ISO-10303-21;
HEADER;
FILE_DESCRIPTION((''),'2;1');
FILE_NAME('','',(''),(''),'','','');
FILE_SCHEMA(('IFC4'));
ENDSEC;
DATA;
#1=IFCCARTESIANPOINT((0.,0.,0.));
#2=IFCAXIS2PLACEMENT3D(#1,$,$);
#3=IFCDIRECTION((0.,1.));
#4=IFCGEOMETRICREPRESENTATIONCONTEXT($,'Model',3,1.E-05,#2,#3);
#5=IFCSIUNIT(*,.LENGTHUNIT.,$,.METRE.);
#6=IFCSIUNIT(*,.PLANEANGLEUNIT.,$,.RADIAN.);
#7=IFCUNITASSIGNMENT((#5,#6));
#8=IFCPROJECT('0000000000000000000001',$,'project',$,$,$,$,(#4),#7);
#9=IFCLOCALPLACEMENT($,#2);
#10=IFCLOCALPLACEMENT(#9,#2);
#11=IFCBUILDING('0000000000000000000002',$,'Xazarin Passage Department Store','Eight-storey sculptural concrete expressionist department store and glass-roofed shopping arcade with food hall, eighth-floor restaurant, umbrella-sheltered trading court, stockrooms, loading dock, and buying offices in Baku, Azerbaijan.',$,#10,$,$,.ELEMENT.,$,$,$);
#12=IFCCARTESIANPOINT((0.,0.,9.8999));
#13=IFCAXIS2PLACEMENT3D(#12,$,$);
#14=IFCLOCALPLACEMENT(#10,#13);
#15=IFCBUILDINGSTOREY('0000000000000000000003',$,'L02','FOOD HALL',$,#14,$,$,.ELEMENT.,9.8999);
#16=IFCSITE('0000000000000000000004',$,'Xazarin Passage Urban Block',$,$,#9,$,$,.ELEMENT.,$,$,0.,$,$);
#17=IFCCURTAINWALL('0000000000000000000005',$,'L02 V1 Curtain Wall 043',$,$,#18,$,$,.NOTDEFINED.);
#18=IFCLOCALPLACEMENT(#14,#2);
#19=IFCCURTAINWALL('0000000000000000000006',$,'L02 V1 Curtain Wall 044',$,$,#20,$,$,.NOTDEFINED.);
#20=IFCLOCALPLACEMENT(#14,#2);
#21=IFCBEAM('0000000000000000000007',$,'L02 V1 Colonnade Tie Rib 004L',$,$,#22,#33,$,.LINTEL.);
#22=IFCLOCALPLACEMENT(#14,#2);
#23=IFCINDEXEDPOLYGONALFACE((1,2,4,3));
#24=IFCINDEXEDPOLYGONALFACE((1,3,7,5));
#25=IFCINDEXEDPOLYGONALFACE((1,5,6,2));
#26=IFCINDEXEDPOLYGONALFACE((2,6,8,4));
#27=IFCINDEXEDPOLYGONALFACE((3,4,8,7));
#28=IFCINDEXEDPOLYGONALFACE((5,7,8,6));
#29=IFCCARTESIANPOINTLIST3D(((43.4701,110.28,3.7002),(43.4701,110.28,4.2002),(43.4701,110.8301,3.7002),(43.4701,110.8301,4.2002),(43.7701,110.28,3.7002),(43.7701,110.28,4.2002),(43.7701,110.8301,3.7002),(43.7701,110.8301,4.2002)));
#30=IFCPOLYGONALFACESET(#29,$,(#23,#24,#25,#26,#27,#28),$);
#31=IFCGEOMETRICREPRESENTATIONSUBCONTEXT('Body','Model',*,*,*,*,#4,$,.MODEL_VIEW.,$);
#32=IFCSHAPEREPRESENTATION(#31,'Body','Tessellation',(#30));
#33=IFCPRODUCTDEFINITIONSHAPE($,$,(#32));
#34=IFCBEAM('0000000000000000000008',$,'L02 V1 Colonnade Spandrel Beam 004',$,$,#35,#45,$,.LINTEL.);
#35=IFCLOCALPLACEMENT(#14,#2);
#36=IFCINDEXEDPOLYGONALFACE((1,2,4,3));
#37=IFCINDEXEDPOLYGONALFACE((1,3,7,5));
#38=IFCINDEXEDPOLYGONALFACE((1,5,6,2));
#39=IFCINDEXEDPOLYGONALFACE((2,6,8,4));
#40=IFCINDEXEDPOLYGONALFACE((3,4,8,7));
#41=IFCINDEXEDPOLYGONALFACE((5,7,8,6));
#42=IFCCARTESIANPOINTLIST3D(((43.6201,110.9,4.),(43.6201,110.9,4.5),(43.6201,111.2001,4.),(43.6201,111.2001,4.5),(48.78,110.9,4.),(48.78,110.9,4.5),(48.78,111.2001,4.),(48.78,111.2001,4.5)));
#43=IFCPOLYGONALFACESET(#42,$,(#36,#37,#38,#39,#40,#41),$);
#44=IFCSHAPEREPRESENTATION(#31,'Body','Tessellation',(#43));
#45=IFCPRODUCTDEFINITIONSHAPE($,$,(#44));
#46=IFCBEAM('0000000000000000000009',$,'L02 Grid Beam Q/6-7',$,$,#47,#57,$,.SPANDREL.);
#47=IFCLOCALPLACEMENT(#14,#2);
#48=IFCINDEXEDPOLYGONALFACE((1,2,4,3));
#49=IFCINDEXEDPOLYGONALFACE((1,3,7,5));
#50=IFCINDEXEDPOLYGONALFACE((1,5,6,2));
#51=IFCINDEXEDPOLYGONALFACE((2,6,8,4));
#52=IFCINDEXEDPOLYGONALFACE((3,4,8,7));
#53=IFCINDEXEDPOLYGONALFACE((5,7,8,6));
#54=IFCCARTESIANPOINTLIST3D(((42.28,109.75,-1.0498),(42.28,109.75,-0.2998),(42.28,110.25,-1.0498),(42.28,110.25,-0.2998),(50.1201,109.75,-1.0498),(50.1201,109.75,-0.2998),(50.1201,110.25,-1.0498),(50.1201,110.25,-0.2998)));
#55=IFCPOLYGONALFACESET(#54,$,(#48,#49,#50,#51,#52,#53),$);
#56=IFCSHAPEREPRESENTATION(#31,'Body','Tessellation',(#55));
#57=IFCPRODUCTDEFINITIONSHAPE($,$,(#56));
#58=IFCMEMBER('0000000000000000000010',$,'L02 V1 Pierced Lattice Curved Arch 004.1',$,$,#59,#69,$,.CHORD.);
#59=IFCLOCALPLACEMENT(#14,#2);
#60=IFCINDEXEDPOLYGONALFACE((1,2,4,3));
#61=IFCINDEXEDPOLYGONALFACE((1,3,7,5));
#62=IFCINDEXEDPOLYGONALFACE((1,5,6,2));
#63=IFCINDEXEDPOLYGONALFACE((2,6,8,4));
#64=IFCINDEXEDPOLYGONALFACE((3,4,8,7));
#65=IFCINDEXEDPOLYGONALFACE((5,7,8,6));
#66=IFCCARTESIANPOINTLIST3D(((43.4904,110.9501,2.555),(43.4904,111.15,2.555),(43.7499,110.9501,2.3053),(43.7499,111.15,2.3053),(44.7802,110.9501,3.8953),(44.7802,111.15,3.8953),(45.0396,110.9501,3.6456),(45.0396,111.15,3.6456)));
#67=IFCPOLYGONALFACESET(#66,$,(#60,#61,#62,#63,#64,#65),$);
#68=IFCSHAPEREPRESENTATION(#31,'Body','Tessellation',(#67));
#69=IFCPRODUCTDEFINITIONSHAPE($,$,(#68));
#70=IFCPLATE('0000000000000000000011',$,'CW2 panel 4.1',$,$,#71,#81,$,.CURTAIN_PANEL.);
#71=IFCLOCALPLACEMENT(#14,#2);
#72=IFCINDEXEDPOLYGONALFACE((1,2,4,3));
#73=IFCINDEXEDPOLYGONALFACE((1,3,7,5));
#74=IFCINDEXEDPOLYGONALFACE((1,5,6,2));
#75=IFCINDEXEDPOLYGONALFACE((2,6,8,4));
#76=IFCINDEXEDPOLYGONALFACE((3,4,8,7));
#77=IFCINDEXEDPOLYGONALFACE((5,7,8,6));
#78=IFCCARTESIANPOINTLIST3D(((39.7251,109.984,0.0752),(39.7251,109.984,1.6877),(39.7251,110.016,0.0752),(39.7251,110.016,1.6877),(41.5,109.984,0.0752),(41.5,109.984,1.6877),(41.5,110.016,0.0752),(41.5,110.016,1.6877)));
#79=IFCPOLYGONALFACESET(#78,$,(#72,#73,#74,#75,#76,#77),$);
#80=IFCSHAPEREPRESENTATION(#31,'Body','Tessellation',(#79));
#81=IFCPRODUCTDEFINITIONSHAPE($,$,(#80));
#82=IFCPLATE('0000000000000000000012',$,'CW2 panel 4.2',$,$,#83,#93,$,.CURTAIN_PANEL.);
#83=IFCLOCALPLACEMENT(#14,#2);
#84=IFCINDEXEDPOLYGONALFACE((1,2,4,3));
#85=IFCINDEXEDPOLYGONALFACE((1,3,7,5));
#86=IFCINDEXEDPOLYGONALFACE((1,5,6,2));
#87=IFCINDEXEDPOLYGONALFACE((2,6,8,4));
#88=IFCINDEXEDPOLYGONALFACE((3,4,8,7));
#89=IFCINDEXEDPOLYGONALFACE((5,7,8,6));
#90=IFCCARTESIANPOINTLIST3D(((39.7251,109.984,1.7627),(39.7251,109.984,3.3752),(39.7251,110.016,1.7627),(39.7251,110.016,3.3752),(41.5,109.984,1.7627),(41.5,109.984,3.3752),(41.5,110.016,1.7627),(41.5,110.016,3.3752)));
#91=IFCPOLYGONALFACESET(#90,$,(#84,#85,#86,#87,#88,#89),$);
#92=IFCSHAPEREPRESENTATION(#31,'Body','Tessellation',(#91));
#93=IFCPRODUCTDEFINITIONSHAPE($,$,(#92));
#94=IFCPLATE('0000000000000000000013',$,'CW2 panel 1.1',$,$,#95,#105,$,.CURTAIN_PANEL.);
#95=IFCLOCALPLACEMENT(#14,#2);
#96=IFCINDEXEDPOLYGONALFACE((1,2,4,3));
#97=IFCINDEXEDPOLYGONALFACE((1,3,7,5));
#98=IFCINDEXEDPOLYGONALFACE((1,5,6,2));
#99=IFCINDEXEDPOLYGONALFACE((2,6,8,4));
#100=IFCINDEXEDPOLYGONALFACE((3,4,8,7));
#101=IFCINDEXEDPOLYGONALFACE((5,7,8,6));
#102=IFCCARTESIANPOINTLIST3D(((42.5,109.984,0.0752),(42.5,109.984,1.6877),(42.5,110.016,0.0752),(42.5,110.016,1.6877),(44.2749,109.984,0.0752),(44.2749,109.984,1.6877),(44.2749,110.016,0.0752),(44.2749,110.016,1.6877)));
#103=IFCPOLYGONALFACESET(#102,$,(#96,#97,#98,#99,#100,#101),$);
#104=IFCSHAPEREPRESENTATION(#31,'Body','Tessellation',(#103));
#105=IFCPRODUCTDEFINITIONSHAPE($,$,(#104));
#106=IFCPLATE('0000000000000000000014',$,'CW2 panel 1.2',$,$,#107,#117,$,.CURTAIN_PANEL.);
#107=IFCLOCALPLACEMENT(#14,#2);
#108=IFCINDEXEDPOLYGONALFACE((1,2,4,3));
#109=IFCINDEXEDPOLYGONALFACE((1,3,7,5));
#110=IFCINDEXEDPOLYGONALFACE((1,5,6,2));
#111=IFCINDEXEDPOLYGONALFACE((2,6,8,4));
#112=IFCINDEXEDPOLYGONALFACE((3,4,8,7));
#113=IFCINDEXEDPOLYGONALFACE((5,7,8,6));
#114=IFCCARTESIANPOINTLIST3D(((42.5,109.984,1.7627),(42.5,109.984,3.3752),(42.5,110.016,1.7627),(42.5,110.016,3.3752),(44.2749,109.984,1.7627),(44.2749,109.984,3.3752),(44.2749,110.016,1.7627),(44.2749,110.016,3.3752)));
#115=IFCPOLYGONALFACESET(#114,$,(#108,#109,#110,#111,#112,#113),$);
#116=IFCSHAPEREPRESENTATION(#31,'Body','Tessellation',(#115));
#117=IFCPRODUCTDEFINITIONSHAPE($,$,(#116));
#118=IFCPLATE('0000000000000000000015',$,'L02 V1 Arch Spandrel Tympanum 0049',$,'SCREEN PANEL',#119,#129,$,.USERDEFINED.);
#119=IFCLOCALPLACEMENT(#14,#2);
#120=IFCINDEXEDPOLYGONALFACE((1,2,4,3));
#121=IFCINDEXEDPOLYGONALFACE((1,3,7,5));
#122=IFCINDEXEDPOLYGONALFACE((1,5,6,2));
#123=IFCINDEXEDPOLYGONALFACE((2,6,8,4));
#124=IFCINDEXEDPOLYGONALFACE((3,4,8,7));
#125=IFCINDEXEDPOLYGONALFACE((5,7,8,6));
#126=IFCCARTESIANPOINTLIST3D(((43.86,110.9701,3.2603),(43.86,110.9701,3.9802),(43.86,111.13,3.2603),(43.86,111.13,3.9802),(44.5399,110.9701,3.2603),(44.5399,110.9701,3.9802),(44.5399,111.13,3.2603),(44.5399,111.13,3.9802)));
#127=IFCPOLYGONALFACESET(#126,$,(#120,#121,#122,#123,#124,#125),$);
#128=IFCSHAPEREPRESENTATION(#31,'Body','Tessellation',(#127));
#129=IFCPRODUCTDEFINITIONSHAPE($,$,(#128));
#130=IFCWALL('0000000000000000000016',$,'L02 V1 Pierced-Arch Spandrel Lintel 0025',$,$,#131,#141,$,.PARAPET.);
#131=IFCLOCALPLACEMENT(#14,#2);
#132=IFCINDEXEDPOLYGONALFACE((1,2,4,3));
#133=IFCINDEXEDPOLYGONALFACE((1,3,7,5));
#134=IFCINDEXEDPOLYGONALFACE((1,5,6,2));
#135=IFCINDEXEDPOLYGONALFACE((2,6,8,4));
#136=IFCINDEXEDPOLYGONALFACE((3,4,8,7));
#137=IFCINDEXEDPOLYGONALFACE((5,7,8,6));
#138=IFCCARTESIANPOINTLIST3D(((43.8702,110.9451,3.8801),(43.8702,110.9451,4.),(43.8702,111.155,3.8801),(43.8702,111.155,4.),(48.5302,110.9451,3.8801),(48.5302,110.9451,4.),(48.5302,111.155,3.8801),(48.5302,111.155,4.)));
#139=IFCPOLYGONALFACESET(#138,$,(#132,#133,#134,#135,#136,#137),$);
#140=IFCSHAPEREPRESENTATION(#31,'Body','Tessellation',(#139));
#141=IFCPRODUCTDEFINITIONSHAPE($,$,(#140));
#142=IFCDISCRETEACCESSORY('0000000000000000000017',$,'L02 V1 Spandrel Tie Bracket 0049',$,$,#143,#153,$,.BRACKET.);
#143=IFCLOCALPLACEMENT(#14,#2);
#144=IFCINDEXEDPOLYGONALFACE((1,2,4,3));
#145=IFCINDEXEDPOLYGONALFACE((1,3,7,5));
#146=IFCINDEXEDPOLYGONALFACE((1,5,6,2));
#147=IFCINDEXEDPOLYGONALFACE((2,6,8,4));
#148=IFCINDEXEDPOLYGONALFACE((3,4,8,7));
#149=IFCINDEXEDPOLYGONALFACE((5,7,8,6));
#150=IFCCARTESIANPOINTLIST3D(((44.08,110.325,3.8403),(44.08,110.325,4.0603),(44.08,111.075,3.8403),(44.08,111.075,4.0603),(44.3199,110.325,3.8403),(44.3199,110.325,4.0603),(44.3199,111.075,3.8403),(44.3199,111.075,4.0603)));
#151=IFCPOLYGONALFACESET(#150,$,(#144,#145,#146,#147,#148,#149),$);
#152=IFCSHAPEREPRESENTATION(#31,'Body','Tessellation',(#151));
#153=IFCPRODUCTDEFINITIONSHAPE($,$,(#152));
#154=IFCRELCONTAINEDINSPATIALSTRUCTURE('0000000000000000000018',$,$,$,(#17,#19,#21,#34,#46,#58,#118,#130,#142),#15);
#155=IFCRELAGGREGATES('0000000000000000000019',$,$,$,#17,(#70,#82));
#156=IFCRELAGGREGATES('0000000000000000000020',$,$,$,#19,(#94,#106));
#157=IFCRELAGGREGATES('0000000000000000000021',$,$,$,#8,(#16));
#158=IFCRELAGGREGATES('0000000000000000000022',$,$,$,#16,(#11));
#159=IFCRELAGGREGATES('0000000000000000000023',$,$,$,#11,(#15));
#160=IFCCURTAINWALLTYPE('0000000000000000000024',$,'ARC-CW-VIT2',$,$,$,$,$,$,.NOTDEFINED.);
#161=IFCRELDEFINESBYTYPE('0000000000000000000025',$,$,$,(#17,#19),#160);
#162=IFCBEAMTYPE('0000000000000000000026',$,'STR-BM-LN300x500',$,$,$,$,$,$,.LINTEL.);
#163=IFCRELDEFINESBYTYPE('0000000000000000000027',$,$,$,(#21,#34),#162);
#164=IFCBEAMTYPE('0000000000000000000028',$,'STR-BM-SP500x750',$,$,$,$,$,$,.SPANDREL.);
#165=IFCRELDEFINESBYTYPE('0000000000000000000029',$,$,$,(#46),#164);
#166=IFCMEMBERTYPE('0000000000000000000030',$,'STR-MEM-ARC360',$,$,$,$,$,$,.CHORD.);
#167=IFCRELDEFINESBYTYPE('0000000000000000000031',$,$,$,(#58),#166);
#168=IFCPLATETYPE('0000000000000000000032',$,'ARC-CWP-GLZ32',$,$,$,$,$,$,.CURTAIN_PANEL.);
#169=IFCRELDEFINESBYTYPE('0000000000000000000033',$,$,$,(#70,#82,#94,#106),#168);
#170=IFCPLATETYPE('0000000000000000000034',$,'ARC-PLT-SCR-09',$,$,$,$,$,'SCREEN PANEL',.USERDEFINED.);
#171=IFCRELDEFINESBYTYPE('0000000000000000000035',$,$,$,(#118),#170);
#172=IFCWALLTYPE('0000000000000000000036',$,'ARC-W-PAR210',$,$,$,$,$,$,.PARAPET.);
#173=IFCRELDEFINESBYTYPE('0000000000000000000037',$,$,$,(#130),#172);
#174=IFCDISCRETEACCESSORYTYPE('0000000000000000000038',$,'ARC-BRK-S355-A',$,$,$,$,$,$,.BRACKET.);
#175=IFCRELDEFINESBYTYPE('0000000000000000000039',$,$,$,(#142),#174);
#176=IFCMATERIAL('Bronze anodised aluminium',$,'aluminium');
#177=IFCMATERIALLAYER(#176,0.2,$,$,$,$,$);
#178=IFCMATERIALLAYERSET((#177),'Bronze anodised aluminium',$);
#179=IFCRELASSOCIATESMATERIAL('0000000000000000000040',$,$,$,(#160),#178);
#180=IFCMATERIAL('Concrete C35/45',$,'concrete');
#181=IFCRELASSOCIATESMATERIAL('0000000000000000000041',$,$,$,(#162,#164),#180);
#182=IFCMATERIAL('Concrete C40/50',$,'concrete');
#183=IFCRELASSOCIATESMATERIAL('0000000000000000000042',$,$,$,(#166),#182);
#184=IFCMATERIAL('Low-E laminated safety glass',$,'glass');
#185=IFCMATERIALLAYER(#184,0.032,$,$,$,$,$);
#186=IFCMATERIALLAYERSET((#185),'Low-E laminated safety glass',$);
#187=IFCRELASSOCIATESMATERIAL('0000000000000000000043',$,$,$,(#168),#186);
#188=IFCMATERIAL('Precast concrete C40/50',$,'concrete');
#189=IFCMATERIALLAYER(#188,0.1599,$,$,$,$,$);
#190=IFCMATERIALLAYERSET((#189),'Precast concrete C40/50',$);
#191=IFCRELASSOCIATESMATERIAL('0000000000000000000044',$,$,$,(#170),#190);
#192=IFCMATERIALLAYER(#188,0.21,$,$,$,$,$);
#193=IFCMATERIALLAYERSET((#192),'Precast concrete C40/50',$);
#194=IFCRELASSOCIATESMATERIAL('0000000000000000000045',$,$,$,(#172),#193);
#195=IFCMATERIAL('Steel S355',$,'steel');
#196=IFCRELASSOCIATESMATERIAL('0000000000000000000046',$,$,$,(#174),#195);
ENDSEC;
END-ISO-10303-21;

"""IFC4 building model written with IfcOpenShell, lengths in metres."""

from ifc_helpers import new_model, si_unit, direction, frame, frame_2d, origin, origin_2d, place, context, subcontext, project, spatial, rectangle, extrude, material, layer, layer_set, material_profile, profile_set, type_object, element, aggregate, save


model = new_model("IFC4")

# Units and contexts
model_context = context("Model", 3, precision=1e-05, world=origin(), true_north=direction((0.0, 1.0)))
body_context = subcontext(model_context, "Body", "Model", "MODEL_VIEW")
ifc_project = project(units=[si_unit("LENGTHUNIT", "METRE"), si_unit("PLANEANGLEUNIT", "RADIAN")], contexts=[model_context])

# Site, building, storey
site_placement = place(None, origin())
site = spatial("IfcSite", under=ifc_project, at=site_placement, Name="Xazarin Passage Urban Block", CompositionType="ELEMENT", RefElevation=0.0)
building_placement = place(site_placement, origin())
building = spatial("IfcBuilding", under=site, at=building_placement, Name="Xazarin Passage Department Store", Description="Eight-storey sculptural concrete expressionist department store and glass-roofed shopping arcade with food hall, eighth-floor restaurant, umbrella-sheltered trading court, stockrooms, loading dock, and buying offices in Baku, Azerbaijan.", CompositionType="ELEMENT")
storey_placement = place(building_placement, frame((0.0, 0.0, 9.8999)))
storey = spatial("IfcBuildingStorey", under=building, at=storey_placement, Name="L02", Description="FOOD HALL", CompositionType="ELEMENT", Elevation=9.8999)

# Shared definitions
ifc_material_1 = material(Name="Concrete C40/50", Category="concrete")

# Curtain wall
ifc_material_2 = material(Name="Bronze anodised aluminium", Category="aluminium")
ifc_layer_1 = layer(ifc_material_2, 0.2)
ifc_layer_set_1 = layer_set([ifc_layer_1], Name="Bronze anodised aluminium")
curtain_wall_type = type_object("IfcCurtainWallType", Name="ARC-CW-VIT2", PredefinedType="NOTDEFINED", material=ifc_layer_set_1)
curtain_wall_1_placement = place(storey_placement, origin())
curtain_wall_1 = element("IfcCurtainWall", 1, at=curtain_wall_1_placement, inside=storey, type_object=curtain_wall_type, Name="L02 V1 Curtain Wall 043", PredefinedType="NOTDEFINED")

# Curtain wall
curtain_wall_2_placement = place(storey_placement, origin())
curtain_wall_2 = element("IfcCurtainWall", 2, at=curtain_wall_2_placement, inside=storey, type_object=curtain_wall_type, Name="L02 V1 Curtain Wall 044", PredefinedType="NOTDEFINED")

# Beams
ifc_material_3 = material(Name="Concrete C35/45", Category="concrete")
ifc_material_profile_1 = material_profile(ifc_material_3, rectangle(XDim=0.3, YDim=0.5, at=origin_2d()), Name="RC 300x500")
ifc_profile_set_1 = profile_set([ifc_material_profile_1], Name="Concrete C35/45")
beam_type_1 = type_object("IfcBeamType", Name="STR-BM-LN300x500", PredefinedType="LINTEL", material=ifc_profile_set_1)
beam_1_placement = place(storey_placement, frame((43.6201, 110.28, 3.9502), z_axis=(0.0, 1.0, 0.0), x_axis=(-1.0, 0.0, 0.0)))
element("IfcBeam", 3, at=beam_1_placement, inside=storey, type_object=beam_type_1, Name="L02 V1 Colonnade Tie Rib 004L", PredefinedType="LINTEL", context=body_context, shape_type="SweptSolid", body=[
    extrude(rectangle(XDim=0.3, YDim=0.5, at=origin_2d()), origin(), (0.0, 0.0, 1.0), 0.55),
])
beam_2_placement = place(storey_placement, frame((43.6201, 111.05, 4.25), z_axis=(1.0, 0.0, 0.0), x_axis=(0.0, 1.0, 0.0)))
element("IfcBeam", 4, at=beam_2_placement, inside=storey, type_object=beam_type_1, Name="L02 V1 Colonnade Spandrel Beam 004", PredefinedType="LINTEL", context=body_context, shape_type="SweptSolid", body=[
    extrude(rectangle(XDim=0.3, YDim=0.5, at=origin_2d()), origin(), (0.0, 0.0, 1.0), 5.1599),
])
ifc_material_profile_2 = material_profile(ifc_material_3, rectangle(XDim=0.5, YDim=0.75, at=origin_2d()), Name="RC 500x750")
ifc_profile_set_2 = profile_set([ifc_material_profile_2], Name="Concrete C35/45")
beam_type_2 = type_object("IfcBeamType", Name="STR-BM-SP500x750", PredefinedType="SPANDREL", material=ifc_profile_set_2)
beam_3_placement = place(storey_placement, frame((42.28, 110.0, -0.6748), z_axis=(1.0, 0.0, 0.0), x_axis=(0.0, 1.0, 0.0)))
element("IfcBeam", 5, at=beam_3_placement, inside=storey, type_object=beam_type_2, Name="L02 Grid Beam Q/6-7", PredefinedType="SPANDREL", context=body_context, shape_type="SweptSolid", body=[
    extrude(rectangle(XDim=0.5, YDim=0.75, at=origin_2d()), origin(), (0.0, 0.0, 1.0), 7.8401),
])

# Member
ifc_material_profile_3 = material_profile(ifc_material_1, rectangle(XDim=0.2, YDim=0.3601, at=origin_2d()), Name="RC 200x360")
ifc_profile_set_3 = profile_set([ifc_material_profile_3], Name="Concrete C40/50")
member_type_1 = type_object("IfcMemberType", Name="STR-MEM-ARC360", PredefinedType="CHORD", material=ifc_profile_set_3)
member_1_placement = place(storey_placement, frame((43.6201, 111.05, 2.4302), z_axis=(0.693392, 0.0, 0.720561), x_axis=(0.0, 1.0, 0.0)))
element("IfcMember", 6, at=member_1_placement, inside=storey, type_object=member_type_1, Name="L02 V1 Pierced Lattice Curved Arch 004.1", PredefinedType="CHORD", context=body_context, shape_type="SweptSolid", body=[
    extrude(rectangle(XDim=0.2, YDim=0.3601, at=origin_2d()), origin(), (0.0, 0.0, 1.0), 1.8601),
])

# Plates
ifc_material_4 = material(Name="Low-E laminated safety glass", Category="glass")
ifc_layer_2 = layer(ifc_material_4, 0.032)
ifc_layer_set_2 = layer_set([ifc_layer_2], Name="Low-E laminated safety glass")
plate_type_1 = type_object("IfcPlateType", Name="ARC-CWP-GLZ32", PredefinedType="CURTAIN_PANEL", material=ifc_layer_set_2)
plate_1_placement = place(storey_placement, frame((40.6125, 110.0, 0.0752), z_axis=(0.0, 0.0, 1.0), x_axis=(1.0, 0.0, 0.0)))
plate_1 = element("IfcPlate", 7, at=plate_1_placement, type_object=plate_type_1, Name="CW2 panel 4.1", PredefinedType="CURTAIN_PANEL", context=body_context, shape_type="SweptSolid", body=[
    extrude(rectangle(XDim=1.7749, YDim=0.032, at=origin_2d()), origin(), (0.0, 0.0, 1.0), 1.6125),
])
plate_2_placement = place(storey_placement, frame((40.6125, 110.0, 1.7627), z_axis=(0.0, 0.0, 1.0), x_axis=(1.0, 0.0, 0.0)))
plate_2 = element("IfcPlate", 8, at=plate_2_placement, type_object=plate_type_1, Name="CW2 panel 4.2", PredefinedType="CURTAIN_PANEL", context=body_context, shape_type="SweptSolid", body=[
    extrude(rectangle(XDim=1.7749, YDim=0.032, at=origin_2d()), origin(), (0.0, 0.0, 1.0), 1.6125),
])
aggregate(curtain_wall_1, [plate_1, plate_2])
plate_3_placement = place(storey_placement, frame((43.3875, 110.0, 0.0752), z_axis=(0.0, 0.0, 1.0), x_axis=(1.0, 0.0, 0.0)))
plate_3 = element("IfcPlate", 9, at=plate_3_placement, type_object=plate_type_1, Name="CW2 panel 1.1", PredefinedType="CURTAIN_PANEL", context=body_context, shape_type="SweptSolid", body=[
    extrude(rectangle(XDim=1.7749, YDim=0.032, at=origin_2d()), origin(), (0.0, 0.0, 1.0), 1.6125),
])
plate_4_placement = place(storey_placement, frame((43.3875, 110.0, 1.7627), z_axis=(0.0, 0.0, 1.0), x_axis=(1.0, 0.0, 0.0)))
plate_4 = element("IfcPlate", 10, at=plate_4_placement, type_object=plate_type_1, Name="CW2 panel 1.2", PredefinedType="CURTAIN_PANEL", context=body_context, shape_type="SweptSolid", body=[
    extrude(rectangle(XDim=1.7749, YDim=0.032, at=origin_2d()), origin(), (0.0, 0.0, 1.0), 1.6125),
])
aggregate(curtain_wall_2, [plate_3, plate_4])
ifc_material_5 = material(Name="Precast concrete C40/50", Category="concrete")
ifc_layer_3 = layer(ifc_material_5, 0.1599)
ifc_layer_set_3 = layer_set([ifc_layer_3], Name="Precast concrete C40/50")
plate_type_2 = type_object("IfcPlateType", Name="ARC-PLT-SCR-09", ElementType="SCREEN PANEL", PredefinedType="USERDEFINED", material=ifc_layer_set_3)
plate_5_placement = place(storey_placement, frame((44.2, 111.05, 3.2603), z_axis=(0.0, 0.0, 1.0), x_axis=(1.0, 0.0, 0.0)))
element("IfcPlate", 11, at=plate_5_placement, inside=storey, type_object=plate_type_2, Name="L02 V1 Arch Spandrel Tympanum 0049", ObjectType="SCREEN PANEL", PredefinedType="USERDEFINED", context=body_context, shape_type="SweptSolid", body=[
    extrude(rectangle(XDim=0.6799, YDim=0.1599, at=origin_2d()), origin(), (0.0, 0.0, 1.0), 0.72),
])

# Wall
ifc_layer_4 = layer(ifc_material_5, 0.21)
ifc_layer_set_4 = layer_set([ifc_layer_4], Name="Precast concrete C40/50")
wall_type = type_object("IfcWallType", Name="ARC-W-PAR210", PredefinedType="PARAPET", material=ifc_layer_set_4)
wall_placement = place(storey_placement, frame((43.8701, 111.05, 3.8801), z_axis=(0.0, 0.0, 1.0), x_axis=(1.0, 0.0, 0.0)))
element("IfcWall", 12, at=wall_placement, inside=storey, type_object=wall_type, Name="L02 V1 Pierced-Arch Spandrel Lintel 0025", PredefinedType="PARAPET", context=body_context, shape_type="SweptSolid", body=[
    extrude(rectangle(XDim=4.6599, YDim=0.21, at=frame_2d((2.3301, 0.0))), origin(), (0.0, 0.0, 1.0), 0.1199),
])

# Discrete accessory
ifc_material_6 = material(Name="Steel S355", Category="steel")
discrete_accessory_type = type_object("IfcDiscreteAccessoryType", Name="ARC-BRK-S355-A", PredefinedType="BRACKET", material=ifc_material_6)
discrete_accessory_placement = place(storey_placement, frame((44.2, 110.7, 3.8403), z_axis=(0.0, 0.0, 1.0), x_axis=(1.0, 0.0, 0.0)))
element("IfcDiscreteAccessory", 13, at=discrete_accessory_placement, inside=storey, type_object=discrete_accessory_type, Name="L02 V1 Spandrel Tie Bracket 0049", PredefinedType="BRACKET", context=body_context, shape_type="SweptSolid", body=[
    extrude(rectangle(XDim=0.24, YDim=0.75, at=origin_2d()), origin(), (0.0, 0.0, 1.0), 0.22),
])

save(model, "model.ifc")
